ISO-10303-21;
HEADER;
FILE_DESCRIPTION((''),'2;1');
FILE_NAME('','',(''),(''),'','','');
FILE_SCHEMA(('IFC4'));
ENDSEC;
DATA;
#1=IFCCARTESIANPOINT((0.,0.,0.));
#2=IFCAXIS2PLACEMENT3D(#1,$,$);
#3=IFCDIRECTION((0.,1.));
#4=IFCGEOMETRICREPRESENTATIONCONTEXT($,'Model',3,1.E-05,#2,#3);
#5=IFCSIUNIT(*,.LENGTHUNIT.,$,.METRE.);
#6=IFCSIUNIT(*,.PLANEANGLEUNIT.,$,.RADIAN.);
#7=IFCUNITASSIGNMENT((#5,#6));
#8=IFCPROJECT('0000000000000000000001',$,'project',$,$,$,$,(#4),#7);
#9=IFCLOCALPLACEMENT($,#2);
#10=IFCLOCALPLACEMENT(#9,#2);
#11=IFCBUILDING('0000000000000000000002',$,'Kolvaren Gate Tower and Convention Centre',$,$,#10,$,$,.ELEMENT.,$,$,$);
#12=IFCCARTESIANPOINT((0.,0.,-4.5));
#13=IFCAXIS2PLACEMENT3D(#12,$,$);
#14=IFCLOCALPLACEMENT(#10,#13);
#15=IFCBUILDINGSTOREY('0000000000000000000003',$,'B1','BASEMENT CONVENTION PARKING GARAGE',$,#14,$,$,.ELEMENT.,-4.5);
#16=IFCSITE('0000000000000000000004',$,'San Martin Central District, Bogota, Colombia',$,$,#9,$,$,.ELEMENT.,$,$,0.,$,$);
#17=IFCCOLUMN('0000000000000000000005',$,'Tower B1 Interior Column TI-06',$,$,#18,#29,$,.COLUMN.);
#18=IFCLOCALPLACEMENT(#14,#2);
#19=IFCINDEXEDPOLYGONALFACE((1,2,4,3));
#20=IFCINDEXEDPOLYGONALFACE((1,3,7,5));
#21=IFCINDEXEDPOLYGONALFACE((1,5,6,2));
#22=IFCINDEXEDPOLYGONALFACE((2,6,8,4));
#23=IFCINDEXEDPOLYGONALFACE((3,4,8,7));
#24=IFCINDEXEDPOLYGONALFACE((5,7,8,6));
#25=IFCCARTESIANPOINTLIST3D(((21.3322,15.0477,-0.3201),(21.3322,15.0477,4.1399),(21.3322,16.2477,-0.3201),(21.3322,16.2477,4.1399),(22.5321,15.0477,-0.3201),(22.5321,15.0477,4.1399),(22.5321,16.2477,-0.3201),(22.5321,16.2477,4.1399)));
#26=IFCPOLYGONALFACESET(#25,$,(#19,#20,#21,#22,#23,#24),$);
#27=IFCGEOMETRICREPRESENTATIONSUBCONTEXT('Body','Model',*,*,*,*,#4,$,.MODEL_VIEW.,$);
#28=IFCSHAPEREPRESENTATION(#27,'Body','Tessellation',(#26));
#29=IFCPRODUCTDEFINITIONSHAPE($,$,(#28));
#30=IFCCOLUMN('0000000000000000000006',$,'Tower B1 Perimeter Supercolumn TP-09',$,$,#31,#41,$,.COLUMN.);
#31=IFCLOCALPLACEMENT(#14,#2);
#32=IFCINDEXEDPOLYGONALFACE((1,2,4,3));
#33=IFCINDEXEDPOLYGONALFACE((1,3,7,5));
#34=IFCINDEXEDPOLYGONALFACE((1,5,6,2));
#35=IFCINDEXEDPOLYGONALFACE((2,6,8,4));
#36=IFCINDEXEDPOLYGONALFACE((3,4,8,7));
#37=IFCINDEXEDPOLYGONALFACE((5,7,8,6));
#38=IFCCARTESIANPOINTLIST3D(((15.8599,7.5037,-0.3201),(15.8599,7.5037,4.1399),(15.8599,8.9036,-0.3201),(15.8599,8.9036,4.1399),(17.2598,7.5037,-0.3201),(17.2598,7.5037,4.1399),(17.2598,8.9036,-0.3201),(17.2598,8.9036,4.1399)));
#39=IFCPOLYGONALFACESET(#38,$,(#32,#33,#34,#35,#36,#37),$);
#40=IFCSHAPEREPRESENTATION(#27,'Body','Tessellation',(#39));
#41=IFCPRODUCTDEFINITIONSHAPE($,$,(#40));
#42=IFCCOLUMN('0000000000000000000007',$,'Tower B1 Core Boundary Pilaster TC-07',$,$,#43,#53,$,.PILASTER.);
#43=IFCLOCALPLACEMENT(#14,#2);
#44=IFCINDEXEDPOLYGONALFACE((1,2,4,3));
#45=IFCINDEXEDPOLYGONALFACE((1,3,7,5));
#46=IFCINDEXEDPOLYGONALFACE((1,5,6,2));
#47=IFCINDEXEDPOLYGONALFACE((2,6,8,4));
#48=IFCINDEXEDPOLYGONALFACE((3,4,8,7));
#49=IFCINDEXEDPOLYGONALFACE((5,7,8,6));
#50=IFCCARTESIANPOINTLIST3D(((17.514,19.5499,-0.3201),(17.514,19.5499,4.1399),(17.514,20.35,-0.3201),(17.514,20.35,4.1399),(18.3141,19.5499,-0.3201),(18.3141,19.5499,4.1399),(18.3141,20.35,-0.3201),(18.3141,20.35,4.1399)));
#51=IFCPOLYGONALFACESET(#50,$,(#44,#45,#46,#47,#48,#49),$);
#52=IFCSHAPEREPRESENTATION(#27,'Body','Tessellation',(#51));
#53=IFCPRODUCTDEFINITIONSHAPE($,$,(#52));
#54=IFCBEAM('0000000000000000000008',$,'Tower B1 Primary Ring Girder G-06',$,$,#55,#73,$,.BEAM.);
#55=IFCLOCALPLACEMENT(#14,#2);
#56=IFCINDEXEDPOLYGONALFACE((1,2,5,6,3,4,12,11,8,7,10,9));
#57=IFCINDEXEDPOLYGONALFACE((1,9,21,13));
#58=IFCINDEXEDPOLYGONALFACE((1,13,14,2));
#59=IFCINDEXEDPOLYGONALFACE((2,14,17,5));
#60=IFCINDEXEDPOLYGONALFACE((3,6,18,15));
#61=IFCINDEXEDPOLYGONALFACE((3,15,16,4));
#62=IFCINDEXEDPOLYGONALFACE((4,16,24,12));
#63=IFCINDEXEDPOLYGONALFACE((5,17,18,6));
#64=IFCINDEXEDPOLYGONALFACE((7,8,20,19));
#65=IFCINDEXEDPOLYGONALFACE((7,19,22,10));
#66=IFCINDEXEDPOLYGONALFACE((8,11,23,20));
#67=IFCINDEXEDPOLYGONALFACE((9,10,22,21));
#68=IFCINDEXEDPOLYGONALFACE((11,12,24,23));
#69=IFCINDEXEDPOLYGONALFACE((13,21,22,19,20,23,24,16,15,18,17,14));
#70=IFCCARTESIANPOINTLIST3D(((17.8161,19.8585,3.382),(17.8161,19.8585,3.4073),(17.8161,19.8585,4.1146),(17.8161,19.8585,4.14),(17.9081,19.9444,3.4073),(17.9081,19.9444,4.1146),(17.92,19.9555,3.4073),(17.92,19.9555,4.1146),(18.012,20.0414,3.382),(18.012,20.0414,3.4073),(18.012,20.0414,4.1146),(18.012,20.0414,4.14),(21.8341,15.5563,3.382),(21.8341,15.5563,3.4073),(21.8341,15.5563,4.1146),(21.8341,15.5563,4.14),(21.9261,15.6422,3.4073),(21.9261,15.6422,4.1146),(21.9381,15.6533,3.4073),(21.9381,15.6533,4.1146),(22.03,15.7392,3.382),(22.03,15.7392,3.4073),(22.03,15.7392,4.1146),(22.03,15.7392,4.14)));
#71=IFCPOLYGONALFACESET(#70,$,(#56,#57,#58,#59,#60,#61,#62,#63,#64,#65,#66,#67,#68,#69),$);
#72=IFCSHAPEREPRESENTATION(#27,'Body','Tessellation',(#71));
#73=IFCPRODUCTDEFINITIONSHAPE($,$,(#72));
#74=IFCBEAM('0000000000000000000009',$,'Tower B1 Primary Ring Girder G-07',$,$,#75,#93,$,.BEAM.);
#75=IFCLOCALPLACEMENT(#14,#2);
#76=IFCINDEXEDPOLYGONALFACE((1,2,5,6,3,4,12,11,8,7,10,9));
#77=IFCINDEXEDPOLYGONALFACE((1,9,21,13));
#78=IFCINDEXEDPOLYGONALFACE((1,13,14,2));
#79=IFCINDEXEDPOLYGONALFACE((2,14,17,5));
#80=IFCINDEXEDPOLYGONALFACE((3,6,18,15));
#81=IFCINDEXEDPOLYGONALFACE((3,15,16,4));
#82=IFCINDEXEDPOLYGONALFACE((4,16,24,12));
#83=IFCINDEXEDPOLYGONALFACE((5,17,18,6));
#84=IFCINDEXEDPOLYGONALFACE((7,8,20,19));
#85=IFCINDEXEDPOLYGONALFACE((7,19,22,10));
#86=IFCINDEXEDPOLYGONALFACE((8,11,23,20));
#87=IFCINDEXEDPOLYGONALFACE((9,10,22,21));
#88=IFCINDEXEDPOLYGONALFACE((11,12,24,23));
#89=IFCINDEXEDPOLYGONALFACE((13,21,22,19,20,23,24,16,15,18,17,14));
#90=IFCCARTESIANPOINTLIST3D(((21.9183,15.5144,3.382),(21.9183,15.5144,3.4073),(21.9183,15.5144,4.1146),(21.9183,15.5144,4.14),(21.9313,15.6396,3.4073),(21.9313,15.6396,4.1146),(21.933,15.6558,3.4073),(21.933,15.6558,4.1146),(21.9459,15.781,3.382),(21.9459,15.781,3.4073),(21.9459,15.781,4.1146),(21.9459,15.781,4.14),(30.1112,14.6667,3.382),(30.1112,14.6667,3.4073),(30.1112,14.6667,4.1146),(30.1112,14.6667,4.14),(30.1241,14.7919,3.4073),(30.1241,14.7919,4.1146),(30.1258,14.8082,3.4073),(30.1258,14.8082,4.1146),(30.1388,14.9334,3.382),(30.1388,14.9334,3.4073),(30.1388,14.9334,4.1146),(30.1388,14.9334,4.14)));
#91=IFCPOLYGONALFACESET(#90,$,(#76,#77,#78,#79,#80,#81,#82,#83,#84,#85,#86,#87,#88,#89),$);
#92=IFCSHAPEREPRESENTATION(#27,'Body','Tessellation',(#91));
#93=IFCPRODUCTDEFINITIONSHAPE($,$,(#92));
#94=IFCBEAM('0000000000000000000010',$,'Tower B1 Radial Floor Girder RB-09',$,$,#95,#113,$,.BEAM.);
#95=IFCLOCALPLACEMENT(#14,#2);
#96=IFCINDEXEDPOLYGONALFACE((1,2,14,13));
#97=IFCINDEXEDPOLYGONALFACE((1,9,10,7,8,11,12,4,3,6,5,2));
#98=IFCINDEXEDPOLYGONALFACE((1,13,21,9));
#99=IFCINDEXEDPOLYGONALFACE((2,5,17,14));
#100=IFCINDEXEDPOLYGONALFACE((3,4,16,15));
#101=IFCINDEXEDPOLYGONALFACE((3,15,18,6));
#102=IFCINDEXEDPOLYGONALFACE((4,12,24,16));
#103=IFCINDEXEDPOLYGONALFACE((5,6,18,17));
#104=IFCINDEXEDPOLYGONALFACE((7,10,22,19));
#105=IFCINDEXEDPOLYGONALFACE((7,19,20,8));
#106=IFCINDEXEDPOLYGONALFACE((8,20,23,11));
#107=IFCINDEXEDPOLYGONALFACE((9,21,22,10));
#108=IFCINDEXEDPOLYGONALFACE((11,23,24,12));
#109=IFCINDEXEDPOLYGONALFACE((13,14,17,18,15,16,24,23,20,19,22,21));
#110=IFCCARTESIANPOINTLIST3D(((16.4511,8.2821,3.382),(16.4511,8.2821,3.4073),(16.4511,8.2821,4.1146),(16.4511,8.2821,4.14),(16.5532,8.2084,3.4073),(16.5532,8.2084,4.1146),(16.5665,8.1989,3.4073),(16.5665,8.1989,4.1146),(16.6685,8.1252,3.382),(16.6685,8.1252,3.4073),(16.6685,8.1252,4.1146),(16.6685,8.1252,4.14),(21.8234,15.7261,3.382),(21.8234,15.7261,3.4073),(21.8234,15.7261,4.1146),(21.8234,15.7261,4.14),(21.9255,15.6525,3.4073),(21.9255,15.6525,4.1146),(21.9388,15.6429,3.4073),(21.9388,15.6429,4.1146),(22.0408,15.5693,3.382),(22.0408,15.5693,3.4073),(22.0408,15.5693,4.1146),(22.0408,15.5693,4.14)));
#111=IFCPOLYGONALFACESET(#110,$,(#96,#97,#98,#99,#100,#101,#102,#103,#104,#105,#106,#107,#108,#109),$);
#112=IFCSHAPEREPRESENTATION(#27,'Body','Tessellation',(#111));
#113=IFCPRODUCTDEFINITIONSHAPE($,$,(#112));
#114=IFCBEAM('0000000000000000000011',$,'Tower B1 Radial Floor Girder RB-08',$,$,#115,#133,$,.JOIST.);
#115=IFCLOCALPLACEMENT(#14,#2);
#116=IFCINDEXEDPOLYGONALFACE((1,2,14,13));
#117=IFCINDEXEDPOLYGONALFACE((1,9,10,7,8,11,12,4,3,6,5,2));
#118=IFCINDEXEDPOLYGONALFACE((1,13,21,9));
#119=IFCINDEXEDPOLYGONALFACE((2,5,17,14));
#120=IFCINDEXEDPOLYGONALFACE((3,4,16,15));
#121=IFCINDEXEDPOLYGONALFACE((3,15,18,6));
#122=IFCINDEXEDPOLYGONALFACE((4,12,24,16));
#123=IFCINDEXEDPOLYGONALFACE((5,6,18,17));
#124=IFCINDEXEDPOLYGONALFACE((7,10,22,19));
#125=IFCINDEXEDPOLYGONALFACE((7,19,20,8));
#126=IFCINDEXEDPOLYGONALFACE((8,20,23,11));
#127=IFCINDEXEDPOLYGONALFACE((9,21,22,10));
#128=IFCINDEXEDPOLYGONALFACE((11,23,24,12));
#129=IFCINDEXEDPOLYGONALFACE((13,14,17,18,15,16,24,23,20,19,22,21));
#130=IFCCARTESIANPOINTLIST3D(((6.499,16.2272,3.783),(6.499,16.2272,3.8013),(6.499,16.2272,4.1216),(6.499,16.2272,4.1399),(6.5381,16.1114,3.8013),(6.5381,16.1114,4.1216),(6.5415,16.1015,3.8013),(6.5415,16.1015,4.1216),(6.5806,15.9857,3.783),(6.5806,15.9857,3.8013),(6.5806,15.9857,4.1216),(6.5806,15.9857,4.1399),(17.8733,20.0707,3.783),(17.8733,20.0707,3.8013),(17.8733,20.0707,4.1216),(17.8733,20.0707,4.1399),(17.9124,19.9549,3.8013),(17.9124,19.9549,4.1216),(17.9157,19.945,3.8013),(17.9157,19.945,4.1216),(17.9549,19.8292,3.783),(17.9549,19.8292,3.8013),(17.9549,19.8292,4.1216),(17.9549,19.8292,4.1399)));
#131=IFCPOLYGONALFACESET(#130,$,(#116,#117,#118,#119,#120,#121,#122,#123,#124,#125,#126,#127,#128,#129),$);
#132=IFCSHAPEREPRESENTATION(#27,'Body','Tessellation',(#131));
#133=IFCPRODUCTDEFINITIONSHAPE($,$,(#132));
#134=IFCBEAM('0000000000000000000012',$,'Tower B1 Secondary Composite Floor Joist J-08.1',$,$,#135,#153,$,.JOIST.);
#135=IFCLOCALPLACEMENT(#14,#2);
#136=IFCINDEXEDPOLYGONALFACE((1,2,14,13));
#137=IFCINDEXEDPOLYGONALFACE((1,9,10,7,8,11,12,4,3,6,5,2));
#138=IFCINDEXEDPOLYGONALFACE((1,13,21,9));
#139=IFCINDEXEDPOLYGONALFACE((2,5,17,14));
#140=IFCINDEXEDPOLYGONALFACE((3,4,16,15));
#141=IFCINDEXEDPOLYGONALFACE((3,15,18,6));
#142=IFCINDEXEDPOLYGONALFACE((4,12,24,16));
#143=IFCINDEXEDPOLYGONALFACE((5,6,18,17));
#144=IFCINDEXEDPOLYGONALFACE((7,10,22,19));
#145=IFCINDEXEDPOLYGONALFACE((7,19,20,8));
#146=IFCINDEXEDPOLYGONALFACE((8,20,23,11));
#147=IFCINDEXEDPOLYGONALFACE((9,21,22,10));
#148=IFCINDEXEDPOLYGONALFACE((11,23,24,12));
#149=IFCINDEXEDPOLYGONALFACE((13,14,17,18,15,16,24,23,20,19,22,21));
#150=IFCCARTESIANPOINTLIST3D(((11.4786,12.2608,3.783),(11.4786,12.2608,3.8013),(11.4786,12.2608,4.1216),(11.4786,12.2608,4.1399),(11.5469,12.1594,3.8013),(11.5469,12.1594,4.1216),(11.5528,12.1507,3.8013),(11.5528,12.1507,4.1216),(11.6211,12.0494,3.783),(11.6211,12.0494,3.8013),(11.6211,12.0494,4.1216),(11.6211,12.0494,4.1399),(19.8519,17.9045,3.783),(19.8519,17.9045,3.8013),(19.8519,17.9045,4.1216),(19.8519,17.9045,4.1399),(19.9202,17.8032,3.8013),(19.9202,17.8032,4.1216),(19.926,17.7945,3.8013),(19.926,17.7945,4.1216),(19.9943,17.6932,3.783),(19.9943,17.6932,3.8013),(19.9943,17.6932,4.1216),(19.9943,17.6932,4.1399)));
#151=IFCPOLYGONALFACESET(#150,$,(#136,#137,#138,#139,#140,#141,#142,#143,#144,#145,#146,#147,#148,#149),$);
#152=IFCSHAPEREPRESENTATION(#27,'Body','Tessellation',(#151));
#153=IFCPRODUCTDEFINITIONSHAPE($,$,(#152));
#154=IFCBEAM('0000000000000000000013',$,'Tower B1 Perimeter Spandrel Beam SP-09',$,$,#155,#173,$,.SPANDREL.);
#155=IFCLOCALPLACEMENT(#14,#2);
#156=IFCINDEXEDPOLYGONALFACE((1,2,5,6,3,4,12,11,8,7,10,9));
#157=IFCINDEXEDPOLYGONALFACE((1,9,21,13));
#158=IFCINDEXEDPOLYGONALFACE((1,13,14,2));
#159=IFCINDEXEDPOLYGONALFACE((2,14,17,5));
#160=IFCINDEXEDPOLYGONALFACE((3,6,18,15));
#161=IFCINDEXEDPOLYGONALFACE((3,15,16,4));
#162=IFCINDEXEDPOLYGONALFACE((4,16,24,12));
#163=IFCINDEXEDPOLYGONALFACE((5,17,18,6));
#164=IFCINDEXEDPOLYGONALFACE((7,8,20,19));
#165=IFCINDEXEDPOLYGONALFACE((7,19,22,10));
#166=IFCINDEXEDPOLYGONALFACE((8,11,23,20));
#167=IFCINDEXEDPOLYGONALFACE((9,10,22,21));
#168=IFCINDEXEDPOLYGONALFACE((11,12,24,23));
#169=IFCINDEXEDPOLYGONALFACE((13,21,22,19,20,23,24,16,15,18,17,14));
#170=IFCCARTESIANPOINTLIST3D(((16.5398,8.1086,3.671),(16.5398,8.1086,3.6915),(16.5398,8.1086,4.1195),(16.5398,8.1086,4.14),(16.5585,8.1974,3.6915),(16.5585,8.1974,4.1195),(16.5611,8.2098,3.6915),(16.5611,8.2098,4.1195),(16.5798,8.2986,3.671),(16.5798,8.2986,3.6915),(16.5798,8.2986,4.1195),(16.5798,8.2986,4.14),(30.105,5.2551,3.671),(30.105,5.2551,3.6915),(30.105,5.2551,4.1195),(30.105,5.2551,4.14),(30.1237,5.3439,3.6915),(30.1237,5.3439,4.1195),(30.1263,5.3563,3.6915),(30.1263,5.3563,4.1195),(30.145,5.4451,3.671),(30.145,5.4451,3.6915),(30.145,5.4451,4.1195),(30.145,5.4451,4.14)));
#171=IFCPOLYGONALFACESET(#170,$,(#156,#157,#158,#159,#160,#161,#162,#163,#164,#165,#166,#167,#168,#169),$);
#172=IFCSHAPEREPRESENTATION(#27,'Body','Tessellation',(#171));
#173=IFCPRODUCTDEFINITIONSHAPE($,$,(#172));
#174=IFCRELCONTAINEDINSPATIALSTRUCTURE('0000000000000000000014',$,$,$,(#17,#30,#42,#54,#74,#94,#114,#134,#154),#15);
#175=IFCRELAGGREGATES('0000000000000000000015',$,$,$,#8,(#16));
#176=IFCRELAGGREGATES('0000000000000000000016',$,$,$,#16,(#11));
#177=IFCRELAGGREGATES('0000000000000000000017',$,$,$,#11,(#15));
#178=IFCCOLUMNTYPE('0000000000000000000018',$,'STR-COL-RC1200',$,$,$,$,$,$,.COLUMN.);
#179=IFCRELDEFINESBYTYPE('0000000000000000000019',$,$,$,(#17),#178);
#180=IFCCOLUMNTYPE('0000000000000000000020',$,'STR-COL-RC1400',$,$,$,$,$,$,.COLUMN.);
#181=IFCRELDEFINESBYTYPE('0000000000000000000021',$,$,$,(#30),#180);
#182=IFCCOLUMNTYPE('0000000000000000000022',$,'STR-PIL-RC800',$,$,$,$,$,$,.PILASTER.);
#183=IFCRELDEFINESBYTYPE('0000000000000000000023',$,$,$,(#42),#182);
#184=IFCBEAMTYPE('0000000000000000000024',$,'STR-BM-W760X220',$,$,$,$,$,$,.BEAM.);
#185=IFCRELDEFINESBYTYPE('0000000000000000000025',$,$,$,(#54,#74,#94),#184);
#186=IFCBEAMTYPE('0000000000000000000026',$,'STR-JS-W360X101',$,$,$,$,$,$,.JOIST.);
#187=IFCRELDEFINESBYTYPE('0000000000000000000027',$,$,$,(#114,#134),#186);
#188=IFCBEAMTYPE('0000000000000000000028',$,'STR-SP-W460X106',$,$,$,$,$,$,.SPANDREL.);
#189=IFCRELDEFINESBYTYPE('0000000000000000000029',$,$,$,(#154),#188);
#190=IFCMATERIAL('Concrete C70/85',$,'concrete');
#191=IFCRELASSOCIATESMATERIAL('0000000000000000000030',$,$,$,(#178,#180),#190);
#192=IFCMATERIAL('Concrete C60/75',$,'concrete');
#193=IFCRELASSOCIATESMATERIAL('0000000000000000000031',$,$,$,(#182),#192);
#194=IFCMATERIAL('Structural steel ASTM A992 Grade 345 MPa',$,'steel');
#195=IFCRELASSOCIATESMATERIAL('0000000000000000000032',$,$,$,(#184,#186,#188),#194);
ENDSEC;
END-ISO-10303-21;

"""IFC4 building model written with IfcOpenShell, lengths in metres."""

from ifc_helpers import new_model, si_unit, direction, frame, origin, origin_2d, place, context, subcontext, project, spatial, rectangle, i_section, extrude, material, material_profile, profile_set, type_object, element, save


model = new_model("IFC4")

# Units and contexts
model_context = context("Model", 3, precision=1e-05, world=origin(), true_north=direction((0.0, 1.0)))
body_context = subcontext(model_context, "Body", "Model", "MODEL_VIEW")
ifc_project = project(units=[si_unit("LENGTHUNIT", "METRE"), si_unit("PLANEANGLEUNIT", "RADIAN")], contexts=[model_context])

# Site, building, storey
site_placement = place(None, origin())
site = spatial("IfcSite", under=ifc_project, at=site_placement, Name="San Martin Central District, Bogota, Colombia", CompositionType="ELEMENT", RefElevation=0.0)
building_placement = place(site_placement, origin())
building = spatial("IfcBuilding", under=site, at=building_placement, Name="Kolvaren Gate Tower and Convention Centre", CompositionType="ELEMENT")
storey_placement = place(building_placement, frame((0.0, 0.0, -4.5)))
storey = spatial("IfcBuildingStorey", under=building, at=storey_placement, Name="B1", Description="BASEMENT CONVENTION PARKING GARAGE", CompositionType="ELEMENT", Elevation=-4.5)

# Columns
ifc_material_1 = material(Name="Concrete C70/85", Category="concrete")
ifc_material_profile_1 = material_profile(ifc_material_1, rectangle(XDim=1.2, YDim=1.2, at=origin_2d()), Name="RC-COL-1200X1200")
ifc_profile_set_1 = profile_set([ifc_material_profile_1], Name="Concrete C70/85")
column_type_1 = type_object("IfcColumnType", Name="STR-COL-RC1200", PredefinedType="COLUMN", material=ifc_profile_set_1)
column_1_placement = place(storey_placement, frame((21.9321, 15.6477, -0.3201), z_axis=(0.0, 0.0, 1.0), x_axis=(1.0, 0.0, 0.0)))
element("IfcColumn", 1, at=column_1_placement, inside=storey, type_object=column_type_1, Name="Tower B1 Interior Column TI-06", PredefinedType="COLUMN", context=body_context, shape_type="SweptSolid", body=[
    extrude(rectangle(XDim=1.2, YDim=1.2, at=origin_2d()), origin(), (0.0, 0.0, 1.0), 4.46),
])
ifc_material_profile_2 = material_profile(ifc_material_1, rectangle(XDim=1.3999, YDim=1.3999, at=origin_2d()), Name="RC-COL-1400X1400")
ifc_profile_set_2 = profile_set([ifc_material_profile_2], Name="Concrete C70/85")
column_type_2 = type_object("IfcColumnType", Name="STR-COL-RC1400", PredefinedType="COLUMN", material=ifc_profile_set_2)
column_2_placement = place(storey_placement, frame((16.5598, 8.2036, -0.3201), z_axis=(0.0, 0.0, 1.0), x_axis=(1.0, 0.0, 0.0)))
element("IfcColumn", 2, at=column_2_placement, inside=storey, type_object=column_type_2, Name="Tower B1 Perimeter Supercolumn TP-09", PredefinedType="COLUMN", context=body_context, shape_type="SweptSolid", body=[
    extrude(rectangle(XDim=1.3999, YDim=1.3999, at=origin_2d()), origin(), (0.0, 0.0, 1.0), 4.46),
])
ifc_material_2 = material(Name="Concrete C60/75", Category="concrete")
ifc_material_profile_3 = material_profile(ifc_material_2, rectangle(XDim=0.8, YDim=0.8, at=origin_2d()), Name="RC-COL-800X800")
ifc_profile_set_3 = profile_set([ifc_material_profile_3], Name="Concrete C60/75")
column_type_3 = type_object("IfcColumnType", Name="STR-PIL-RC800", PredefinedType="PILASTER", material=ifc_profile_set_3)
column_3_placement = place(storey_placement, frame((17.9141, 19.95, -0.3201), z_axis=(0.0, 0.0, 1.0), x_axis=(1.0, 0.0, 0.0)))
element("IfcColumn", 3, at=column_3_placement, inside=storey, type_object=column_type_3, Name="Tower B1 Core Boundary Pilaster TC-07", PredefinedType="PILASTER", context=body_context, shape_type="SweptSolid", body=[
    extrude(rectangle(XDim=0.8, YDim=0.8, at=origin_2d()), origin(), (0.0, 0.0, 1.0), 4.46),
])

# Beams
ifc_material_3 = material(Name="Structural steel ASTM A992 Grade 345 MPa", Category="steel")
ifc_material_profile_4 = material_profile(ifc_material_3, i_section(OverallWidth=0.2681, OverallDepth=0.7581, WebThickness=0.0164, FlangeThickness=0.0254, at=origin_2d()), Name="W760X220")
ifc_profile_set_4 = profile_set([ifc_material_profile_4], Name="Structural steel ASTM A992 Grade 345 MPa")
beam_type_1 = type_object("IfcBeamType", Name="STR-BM-W760X220", PredefinedType="BEAM", material=ifc_profile_set_4)
beam_1_placement = place(storey_placement, frame((17.9141, 19.95, 3.761), z_axis=(0.682558, -0.730832, 0.0), x_axis=(0.730832, 0.682558, 0.0)))
element("IfcBeam", 4, at=beam_1_placement, inside=storey, type_object=beam_type_1, Name="Tower B1 Primary Ring Girder G-06", PredefinedType="BEAM", context=body_context, shape_type="SweptSolid", body=[
    extrude(i_section(OverallWidth=0.2681, OverallDepth=0.7581, WebThickness=0.0164, FlangeThickness=0.0254, at=origin_2d()), origin(), (0.0, 0.0, 1.0), 5.8867),
])
beam_2_placement = place(storey_placement, frame((21.9321, 15.6477, 3.761), z_axis=(0.99469, -0.102913, 0.0), x_axis=(0.102913, 0.99469, 0.0)))
element("IfcBeam", 5, at=beam_2_placement, inside=storey, type_object=beam_type_1, Name="Tower B1 Primary Ring Girder G-07", PredefinedType="BEAM", context=body_context, shape_type="SweptSolid", body=[
    extrude(i_section(OverallWidth=0.2681, OverallDepth=0.7581, WebThickness=0.0164, FlangeThickness=0.0254, at=origin_2d()), origin(), (0.0, 0.0, 1.0), 8.2366),
])
beam_3_placement = place(storey_placement, frame((21.9321, 15.6477, 3.761), z_axis=(-0.585206, -0.810885, 0.0), x_axis=(0.810885, -0.585206, 0.0)))
element("IfcBeam", 6, at=beam_3_placement, inside=storey, type_object=beam_type_1, Name="Tower B1 Radial Floor Girder RB-09", PredefinedType="BEAM", context=body_context, shape_type="SweptSolid", body=[
    extrude(i_section(OverallWidth=0.2681, OverallDepth=0.7581, WebThickness=0.0164, FlangeThickness=0.0254, at=origin_2d()), origin(), (0.0, 0.0, 1.0), 9.1802),
])
ifc_material_profile_5 = material_profile(ifc_material_3, i_section(OverallWidth=0.2549, OverallDepth=0.3569, WebThickness=0.0105, FlangeThickness=0.0183, at=origin_2d()), Name="W360X101")
ifc_profile_set_5 = profile_set([ifc_material_profile_5], Name="Structural steel ASTM A992 Grade 345 MPa")
beam_type_2 = type_object("IfcBeamType", Name="STR-JS-W360X101", PredefinedType="JOIST", material=ifc_profile_set_5)
beam_4_placement = place(storey_placement, frame((17.9141, 19.95, 3.9614), z_axis=(-0.947374, -0.320129, 0.0), x_axis=(0.320129, -0.947374, 0.0)))
element("IfcBeam", 7, at=beam_4_placement, inside=storey, type_object=beam_type_2, Name="Tower B1 Radial Floor Girder RB-08", PredefinedType="JOIST", context=body_context, shape_type="SweptSolid", body=[
    extrude(i_section(OverallWidth=0.2549, OverallDepth=0.3569, WebThickness=0.0105, FlangeThickness=0.0183, at=origin_2d()), origin(), (0.0, 0.0, 1.0), 12.0061),
])
beam_5_placement = place(storey_placement, frame((19.9231, 17.7988, 3.9614), z_axis=(-0.829224, -0.558917, 0.0), x_axis=(0.558917, -0.829224, 0.0)))
element("IfcBeam", 8, at=beam_5_placement, inside=storey, type_object=beam_type_2, Name="Tower B1 Secondary Composite Floor Joist J-08.1", PredefinedType="JOIST", context=body_context, shape_type="SweptSolid", body=[
    extrude(i_section(OverallWidth=0.2549, OverallDepth=0.3569, WebThickness=0.0105, FlangeThickness=0.0183, at=origin_2d()), origin(), (0.0, 0.0, 1.0), 10.0977),
])
ifc_material_profile_6 = material_profile(ifc_material_3, i_section(OverallWidth=0.1941, OverallDepth=0.469, WebThickness=0.0127, FlangeThickness=0.0205, at=origin_2d()), Name="W460X106")
ifc_profile_set_6 = profile_set([ifc_material_profile_6], Name="Structural steel ASTM A992 Grade 345 MPa")
beam_type_3 = type_object("IfcBeamType", Name="STR-SP-W460X106", PredefinedType="SPANDREL", material=ifc_profile_set_6)
beam_6_placement = place(storey_placement, frame((16.5598, 8.2036, 3.9055), z_axis=(0.978583, -0.205851, 0.0), x_axis=(0.205851, 0.978583, 0.0)))
element("IfcBeam", 9, at=beam_6_placement, inside=storey, type_object=beam_type_3, Name="Tower B1 Perimeter Spandrel Beam SP-09", PredefinedType="SPANDREL", context=body_context, shape_type="SweptSolid", body=[
    extrude(i_section(OverallWidth=0.1941, OverallDepth=0.469, WebThickness=0.0127, FlangeThickness=0.0205, at=origin_2d()), origin(), (0.0, 0.0, 1.0), 13.8621),
])

save(model, "model.ifc")
